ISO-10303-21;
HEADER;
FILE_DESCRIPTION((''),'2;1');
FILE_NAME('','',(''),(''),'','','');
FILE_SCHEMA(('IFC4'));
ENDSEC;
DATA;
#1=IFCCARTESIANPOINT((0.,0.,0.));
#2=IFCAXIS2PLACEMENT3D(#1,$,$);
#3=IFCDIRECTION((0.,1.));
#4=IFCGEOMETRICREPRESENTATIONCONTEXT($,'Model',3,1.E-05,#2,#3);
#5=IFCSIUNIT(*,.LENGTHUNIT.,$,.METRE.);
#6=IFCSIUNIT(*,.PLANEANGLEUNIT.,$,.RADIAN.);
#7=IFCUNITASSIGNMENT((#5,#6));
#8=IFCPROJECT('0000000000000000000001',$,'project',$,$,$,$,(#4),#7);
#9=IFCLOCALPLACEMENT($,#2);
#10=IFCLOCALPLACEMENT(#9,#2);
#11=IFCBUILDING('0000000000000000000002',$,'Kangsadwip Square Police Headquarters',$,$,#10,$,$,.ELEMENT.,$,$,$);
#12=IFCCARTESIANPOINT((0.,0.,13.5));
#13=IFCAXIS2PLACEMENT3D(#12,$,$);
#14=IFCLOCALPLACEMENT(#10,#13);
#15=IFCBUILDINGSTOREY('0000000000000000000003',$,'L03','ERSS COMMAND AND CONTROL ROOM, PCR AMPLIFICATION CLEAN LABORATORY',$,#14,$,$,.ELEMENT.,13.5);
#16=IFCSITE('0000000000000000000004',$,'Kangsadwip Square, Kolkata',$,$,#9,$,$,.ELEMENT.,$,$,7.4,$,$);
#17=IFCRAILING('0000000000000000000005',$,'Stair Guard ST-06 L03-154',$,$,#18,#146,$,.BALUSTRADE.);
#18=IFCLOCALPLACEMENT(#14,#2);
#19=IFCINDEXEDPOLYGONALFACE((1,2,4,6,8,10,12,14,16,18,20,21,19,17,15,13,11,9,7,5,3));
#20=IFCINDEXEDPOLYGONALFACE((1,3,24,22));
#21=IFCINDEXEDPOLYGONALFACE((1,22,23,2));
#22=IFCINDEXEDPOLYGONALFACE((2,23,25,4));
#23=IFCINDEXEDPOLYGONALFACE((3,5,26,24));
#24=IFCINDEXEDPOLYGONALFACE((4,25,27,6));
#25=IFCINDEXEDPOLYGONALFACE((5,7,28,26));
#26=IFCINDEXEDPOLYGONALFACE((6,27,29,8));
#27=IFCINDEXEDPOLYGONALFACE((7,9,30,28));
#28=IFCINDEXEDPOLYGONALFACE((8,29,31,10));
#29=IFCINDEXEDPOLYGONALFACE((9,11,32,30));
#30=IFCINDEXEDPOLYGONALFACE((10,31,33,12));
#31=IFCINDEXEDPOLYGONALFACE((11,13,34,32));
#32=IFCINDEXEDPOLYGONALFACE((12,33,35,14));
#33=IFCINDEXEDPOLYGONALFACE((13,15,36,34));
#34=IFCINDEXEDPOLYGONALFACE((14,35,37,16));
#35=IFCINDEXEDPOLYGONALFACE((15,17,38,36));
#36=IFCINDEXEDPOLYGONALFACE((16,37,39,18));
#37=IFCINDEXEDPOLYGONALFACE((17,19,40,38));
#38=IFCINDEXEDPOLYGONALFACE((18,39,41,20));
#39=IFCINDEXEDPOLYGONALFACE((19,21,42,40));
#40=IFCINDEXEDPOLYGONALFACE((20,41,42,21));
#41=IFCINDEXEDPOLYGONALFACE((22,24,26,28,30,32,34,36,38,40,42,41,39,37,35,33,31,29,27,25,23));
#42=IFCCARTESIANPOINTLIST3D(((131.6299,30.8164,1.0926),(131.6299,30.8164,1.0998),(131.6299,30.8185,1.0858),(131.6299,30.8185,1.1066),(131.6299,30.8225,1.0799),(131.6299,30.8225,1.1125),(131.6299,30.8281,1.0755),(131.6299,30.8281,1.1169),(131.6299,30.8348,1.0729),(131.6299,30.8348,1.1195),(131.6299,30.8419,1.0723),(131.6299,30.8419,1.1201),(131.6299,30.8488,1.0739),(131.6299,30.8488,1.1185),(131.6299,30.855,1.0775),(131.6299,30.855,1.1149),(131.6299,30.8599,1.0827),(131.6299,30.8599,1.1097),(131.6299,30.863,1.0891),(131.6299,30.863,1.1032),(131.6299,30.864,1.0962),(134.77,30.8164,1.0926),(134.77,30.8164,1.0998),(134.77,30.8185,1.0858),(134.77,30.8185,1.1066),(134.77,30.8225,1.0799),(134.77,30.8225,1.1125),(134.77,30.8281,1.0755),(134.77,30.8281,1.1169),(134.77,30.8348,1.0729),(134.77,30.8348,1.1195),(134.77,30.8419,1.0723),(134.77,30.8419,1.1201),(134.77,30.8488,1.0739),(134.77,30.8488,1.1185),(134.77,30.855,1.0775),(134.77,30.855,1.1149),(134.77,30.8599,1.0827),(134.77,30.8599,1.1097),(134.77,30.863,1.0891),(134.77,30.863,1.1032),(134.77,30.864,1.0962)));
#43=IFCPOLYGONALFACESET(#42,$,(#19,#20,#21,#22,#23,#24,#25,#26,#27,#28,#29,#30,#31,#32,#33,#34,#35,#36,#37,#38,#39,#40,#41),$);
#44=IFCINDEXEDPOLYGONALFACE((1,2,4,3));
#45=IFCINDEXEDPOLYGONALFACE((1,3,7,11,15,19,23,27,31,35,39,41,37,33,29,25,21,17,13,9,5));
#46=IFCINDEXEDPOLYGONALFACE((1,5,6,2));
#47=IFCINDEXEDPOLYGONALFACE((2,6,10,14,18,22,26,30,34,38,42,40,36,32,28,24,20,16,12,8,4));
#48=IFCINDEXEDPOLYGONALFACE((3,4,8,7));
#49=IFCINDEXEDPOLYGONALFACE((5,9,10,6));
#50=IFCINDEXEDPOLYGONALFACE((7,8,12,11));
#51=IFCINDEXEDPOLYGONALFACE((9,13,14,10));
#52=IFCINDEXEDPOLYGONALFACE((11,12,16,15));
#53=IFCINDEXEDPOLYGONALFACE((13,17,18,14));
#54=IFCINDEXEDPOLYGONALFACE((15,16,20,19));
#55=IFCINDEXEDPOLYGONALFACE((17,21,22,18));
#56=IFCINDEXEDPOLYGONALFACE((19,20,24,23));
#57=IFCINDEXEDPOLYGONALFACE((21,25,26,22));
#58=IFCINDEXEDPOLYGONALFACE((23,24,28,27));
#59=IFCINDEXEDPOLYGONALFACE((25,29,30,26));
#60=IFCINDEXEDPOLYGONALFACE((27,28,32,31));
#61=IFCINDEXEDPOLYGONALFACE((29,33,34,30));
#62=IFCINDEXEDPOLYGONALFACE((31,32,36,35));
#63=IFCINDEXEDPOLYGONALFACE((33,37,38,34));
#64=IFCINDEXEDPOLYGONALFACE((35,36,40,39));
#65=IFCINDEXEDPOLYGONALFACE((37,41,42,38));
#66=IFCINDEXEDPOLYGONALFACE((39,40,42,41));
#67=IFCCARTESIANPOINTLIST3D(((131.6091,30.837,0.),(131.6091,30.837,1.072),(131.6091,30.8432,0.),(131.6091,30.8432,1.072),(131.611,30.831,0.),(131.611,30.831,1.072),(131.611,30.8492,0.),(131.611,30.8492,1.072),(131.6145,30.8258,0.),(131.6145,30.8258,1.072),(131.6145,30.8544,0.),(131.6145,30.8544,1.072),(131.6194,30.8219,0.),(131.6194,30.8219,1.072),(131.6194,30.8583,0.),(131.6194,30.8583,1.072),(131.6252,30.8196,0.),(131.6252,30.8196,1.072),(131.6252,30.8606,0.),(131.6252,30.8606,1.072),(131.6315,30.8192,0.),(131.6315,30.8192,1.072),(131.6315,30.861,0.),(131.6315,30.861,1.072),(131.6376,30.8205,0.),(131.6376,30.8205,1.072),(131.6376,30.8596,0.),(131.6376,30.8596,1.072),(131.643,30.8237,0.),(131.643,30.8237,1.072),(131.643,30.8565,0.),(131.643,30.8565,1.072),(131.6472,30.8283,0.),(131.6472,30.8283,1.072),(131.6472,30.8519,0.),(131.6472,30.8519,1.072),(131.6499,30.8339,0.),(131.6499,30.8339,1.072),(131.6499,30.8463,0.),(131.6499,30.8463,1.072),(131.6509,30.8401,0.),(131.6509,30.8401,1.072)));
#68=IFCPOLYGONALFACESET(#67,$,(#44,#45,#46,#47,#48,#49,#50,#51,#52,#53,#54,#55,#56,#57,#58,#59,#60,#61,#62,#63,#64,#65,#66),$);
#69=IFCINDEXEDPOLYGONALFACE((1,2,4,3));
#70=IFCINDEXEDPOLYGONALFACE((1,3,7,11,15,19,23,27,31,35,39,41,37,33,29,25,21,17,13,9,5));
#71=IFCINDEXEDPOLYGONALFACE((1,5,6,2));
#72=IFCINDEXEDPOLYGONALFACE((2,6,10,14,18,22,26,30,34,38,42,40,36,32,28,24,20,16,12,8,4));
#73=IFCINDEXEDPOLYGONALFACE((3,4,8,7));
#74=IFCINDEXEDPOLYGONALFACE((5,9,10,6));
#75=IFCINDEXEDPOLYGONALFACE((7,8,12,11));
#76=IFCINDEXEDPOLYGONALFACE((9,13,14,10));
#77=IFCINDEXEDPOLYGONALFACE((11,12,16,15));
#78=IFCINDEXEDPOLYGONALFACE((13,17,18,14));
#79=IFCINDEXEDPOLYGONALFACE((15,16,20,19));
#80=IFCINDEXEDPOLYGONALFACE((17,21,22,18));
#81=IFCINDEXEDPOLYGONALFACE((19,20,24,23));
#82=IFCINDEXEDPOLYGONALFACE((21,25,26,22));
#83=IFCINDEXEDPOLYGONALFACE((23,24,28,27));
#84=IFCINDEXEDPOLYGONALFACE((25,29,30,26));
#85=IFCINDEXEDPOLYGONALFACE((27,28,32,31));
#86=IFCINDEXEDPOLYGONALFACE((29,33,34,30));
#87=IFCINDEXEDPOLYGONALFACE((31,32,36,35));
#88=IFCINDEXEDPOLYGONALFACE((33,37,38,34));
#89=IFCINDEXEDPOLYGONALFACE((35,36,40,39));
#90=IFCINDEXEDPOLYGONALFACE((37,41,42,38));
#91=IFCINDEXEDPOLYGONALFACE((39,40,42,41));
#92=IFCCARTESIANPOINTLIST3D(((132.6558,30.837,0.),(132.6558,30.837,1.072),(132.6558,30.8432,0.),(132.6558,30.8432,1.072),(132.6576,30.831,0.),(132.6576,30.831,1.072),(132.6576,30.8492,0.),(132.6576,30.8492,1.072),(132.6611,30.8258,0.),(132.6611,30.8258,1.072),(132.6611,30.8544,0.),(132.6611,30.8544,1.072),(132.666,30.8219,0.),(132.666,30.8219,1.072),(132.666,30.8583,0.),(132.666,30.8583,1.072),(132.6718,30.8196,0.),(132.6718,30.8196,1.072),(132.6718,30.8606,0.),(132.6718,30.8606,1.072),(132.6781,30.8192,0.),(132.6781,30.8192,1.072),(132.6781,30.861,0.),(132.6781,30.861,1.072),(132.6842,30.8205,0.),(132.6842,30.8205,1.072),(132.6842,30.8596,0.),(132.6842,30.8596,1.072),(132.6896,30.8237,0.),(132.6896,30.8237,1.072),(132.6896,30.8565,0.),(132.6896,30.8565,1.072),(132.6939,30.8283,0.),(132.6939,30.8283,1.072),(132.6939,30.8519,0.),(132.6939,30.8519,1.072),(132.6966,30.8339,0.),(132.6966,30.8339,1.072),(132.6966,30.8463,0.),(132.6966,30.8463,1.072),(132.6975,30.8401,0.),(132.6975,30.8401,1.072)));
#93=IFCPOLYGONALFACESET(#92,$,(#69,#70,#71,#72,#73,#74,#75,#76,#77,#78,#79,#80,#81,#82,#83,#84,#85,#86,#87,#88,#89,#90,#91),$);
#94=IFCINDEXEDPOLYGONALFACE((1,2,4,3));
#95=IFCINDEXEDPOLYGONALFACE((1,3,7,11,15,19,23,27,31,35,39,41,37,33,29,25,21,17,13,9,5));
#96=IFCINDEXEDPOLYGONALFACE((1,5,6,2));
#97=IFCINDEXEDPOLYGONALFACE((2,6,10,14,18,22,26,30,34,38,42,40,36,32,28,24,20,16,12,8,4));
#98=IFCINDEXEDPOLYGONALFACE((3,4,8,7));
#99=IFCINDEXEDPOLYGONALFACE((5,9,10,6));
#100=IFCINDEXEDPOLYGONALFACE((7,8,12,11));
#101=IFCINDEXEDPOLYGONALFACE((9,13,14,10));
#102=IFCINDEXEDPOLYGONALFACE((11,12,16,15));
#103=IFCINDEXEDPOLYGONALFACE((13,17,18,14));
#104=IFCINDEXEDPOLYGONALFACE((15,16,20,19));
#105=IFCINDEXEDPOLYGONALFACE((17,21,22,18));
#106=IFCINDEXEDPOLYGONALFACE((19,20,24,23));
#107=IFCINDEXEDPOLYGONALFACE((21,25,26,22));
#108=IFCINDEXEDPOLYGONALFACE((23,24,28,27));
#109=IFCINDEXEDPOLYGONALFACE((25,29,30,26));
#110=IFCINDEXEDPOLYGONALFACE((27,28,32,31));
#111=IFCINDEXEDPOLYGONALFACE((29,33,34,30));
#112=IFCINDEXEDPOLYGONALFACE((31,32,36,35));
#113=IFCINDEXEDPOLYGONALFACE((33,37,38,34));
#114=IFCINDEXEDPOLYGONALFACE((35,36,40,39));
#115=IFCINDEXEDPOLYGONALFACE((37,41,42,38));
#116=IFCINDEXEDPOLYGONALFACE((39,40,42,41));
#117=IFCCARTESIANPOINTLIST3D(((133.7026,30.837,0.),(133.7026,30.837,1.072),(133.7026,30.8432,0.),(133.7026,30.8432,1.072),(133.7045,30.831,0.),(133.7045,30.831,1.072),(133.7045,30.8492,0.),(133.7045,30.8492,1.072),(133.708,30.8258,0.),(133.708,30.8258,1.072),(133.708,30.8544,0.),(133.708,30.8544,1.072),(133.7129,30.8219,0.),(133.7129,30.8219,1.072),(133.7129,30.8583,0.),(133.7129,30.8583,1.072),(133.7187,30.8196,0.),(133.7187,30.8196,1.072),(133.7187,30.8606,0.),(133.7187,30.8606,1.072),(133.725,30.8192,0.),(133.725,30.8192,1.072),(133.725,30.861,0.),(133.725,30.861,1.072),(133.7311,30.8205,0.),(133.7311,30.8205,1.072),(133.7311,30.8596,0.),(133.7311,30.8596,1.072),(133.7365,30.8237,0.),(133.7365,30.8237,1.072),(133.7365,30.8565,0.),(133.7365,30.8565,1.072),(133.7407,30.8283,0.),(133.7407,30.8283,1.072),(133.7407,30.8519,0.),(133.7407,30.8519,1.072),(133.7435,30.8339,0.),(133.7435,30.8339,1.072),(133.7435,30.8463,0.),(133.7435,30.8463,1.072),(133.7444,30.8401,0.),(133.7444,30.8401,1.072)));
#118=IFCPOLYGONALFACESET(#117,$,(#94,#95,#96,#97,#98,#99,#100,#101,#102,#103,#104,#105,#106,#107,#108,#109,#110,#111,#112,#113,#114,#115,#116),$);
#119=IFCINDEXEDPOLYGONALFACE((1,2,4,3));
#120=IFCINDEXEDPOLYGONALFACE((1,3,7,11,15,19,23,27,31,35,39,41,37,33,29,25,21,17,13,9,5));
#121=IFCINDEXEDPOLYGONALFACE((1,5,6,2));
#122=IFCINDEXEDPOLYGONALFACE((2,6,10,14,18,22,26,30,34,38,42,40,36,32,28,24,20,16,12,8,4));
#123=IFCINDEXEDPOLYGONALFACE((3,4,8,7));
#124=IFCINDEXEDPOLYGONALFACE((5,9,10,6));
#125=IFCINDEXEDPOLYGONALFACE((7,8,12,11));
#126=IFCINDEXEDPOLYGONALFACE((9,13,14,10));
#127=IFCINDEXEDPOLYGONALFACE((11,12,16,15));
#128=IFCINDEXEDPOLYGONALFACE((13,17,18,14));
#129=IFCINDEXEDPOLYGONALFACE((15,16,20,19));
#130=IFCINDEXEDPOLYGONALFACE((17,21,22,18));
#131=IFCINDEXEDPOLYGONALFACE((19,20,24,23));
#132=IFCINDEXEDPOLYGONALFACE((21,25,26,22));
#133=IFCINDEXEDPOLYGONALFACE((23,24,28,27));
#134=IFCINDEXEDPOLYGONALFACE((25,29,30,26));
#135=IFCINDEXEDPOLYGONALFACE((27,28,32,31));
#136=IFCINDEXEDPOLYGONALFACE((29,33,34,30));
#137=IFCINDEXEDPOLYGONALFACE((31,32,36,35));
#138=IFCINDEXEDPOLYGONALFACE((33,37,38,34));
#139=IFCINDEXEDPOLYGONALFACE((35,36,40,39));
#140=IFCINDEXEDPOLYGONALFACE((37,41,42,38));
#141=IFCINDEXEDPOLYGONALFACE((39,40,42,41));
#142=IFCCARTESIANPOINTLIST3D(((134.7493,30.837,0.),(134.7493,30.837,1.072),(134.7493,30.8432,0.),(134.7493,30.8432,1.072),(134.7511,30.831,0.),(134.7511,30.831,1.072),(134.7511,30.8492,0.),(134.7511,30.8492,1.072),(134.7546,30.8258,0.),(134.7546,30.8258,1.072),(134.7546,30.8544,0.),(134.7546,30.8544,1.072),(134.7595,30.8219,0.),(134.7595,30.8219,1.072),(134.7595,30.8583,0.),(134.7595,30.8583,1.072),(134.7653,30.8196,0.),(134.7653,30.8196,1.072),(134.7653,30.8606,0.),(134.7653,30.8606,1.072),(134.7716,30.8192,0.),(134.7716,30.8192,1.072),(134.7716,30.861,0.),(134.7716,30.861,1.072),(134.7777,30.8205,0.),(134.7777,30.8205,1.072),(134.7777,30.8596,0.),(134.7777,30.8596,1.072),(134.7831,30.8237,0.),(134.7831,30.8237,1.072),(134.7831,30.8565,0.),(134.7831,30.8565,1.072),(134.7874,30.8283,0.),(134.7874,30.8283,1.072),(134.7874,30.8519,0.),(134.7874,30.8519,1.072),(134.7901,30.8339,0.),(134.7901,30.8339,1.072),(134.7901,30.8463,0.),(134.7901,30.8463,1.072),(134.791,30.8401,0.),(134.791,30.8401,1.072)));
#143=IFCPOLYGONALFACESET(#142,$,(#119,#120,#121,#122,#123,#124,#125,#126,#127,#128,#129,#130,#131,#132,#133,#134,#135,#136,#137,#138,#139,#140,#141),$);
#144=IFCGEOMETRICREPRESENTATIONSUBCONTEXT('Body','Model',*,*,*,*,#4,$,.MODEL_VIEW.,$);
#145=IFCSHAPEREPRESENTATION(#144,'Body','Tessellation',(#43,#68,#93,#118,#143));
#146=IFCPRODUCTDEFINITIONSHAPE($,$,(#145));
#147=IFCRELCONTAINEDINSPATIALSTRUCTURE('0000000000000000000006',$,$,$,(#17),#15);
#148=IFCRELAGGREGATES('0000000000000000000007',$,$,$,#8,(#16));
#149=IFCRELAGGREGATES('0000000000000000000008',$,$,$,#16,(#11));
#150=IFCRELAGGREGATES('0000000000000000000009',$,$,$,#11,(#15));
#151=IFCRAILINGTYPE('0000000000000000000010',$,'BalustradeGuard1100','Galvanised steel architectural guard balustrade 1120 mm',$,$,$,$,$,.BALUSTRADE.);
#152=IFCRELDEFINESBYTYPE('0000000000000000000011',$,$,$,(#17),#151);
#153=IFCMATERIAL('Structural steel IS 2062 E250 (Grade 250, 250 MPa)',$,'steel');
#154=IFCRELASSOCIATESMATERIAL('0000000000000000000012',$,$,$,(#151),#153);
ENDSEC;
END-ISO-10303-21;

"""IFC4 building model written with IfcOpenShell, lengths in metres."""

from ifc_helpers import new_model, si_unit, direction, frame, origin, origin_2d, place, context, subcontext, project, spatial, circle, extrude, material, type_object, element, save


model = new_model("IFC4")

# Units and contexts
model_context = context("Model", 3, precision=1e-05, world=origin(), true_north=direction((0.0, 1.0)))
body_context = subcontext(model_context, "Body", "Model", "MODEL_VIEW")
ifc_project = project(units=[si_unit("LENGTHUNIT", "METRE"), si_unit("PLANEANGLEUNIT", "RADIAN")], contexts=[model_context])

# Site, building, storey
site_placement = place(None, origin())
site = spatial("IfcSite", under=ifc_project, at=site_placement, Name="Kangsadwip Square, Kolkata", CompositionType="ELEMENT", RefElevation=7.4)
building_placement = place(site_placement, origin())
building = spatial("IfcBuilding", under=site, at=building_placement, Name="Kangsadwip Square Police Headquarters", CompositionType="ELEMENT")
storey_placement = place(building_placement, frame((0.0, 0.0, 13.5)))
storey = spatial("IfcBuildingStorey", under=building, at=storey_placement, Name="L03", Description="ERSS COMMAND AND CONTROL ROOM, PCR AMPLIFICATION CLEAN LABORATORY", CompositionType="ELEMENT", Elevation=13.5)

# Railing
ifc_material_1 = material(Name="Structural steel IS 2062 E250 (Grade 250, 250 MPa)", Category="steel")
railing_type_1 = type_object("IfcRailingType", Name="BalustradeGuard1100", Description="Galvanised steel architectural guard balustrade 1120 mm", PredefinedType="BALUSTRADE", material=ifc_material_1)
for number, where, name in (
    (1, (131.6299, 30.8401, 0.0), "Stair Guard ST-06 L03-154"),
):
    element("IfcRailing", number, at=place(storey_placement, frame(where)), inside=storey, type_object=railing_type_1, Name=name, PredefinedType="BALUSTRADE", context=body_context, shape_type="SweptSolid", body=[
        extrude(circle(Radius=0.0239, at=origin_2d()), frame((0.0, 0.0, 1.0962), z_axis=(1.0, 0.0, 0.0), x_axis=(0.0, 1.0, 0.0)), (0.0, 0.0, 1.0), 3.1401),
        extrude(circle(Radius=0.021, at=origin_2d()), origin(), (0.0, 0.0, 1.0), 1.072),
        extrude(circle(Radius=0.021, at=origin_2d()), frame((1.0466, 0.0, 0.0)), (0.0, 0.0, 1.0), 1.072),
        extrude(circle(Radius=0.021, at=origin_2d()), frame((2.0935, 0.0, 0.0)), (0.0, 0.0, 1.0), 1.072),
        extrude(circle(Radius=0.021, at=origin_2d()), frame((3.1401, 0.0, 0.0)), (0.0, 0.0, 1.0), 1.072),
    ])

save(model, "model.ifc")
